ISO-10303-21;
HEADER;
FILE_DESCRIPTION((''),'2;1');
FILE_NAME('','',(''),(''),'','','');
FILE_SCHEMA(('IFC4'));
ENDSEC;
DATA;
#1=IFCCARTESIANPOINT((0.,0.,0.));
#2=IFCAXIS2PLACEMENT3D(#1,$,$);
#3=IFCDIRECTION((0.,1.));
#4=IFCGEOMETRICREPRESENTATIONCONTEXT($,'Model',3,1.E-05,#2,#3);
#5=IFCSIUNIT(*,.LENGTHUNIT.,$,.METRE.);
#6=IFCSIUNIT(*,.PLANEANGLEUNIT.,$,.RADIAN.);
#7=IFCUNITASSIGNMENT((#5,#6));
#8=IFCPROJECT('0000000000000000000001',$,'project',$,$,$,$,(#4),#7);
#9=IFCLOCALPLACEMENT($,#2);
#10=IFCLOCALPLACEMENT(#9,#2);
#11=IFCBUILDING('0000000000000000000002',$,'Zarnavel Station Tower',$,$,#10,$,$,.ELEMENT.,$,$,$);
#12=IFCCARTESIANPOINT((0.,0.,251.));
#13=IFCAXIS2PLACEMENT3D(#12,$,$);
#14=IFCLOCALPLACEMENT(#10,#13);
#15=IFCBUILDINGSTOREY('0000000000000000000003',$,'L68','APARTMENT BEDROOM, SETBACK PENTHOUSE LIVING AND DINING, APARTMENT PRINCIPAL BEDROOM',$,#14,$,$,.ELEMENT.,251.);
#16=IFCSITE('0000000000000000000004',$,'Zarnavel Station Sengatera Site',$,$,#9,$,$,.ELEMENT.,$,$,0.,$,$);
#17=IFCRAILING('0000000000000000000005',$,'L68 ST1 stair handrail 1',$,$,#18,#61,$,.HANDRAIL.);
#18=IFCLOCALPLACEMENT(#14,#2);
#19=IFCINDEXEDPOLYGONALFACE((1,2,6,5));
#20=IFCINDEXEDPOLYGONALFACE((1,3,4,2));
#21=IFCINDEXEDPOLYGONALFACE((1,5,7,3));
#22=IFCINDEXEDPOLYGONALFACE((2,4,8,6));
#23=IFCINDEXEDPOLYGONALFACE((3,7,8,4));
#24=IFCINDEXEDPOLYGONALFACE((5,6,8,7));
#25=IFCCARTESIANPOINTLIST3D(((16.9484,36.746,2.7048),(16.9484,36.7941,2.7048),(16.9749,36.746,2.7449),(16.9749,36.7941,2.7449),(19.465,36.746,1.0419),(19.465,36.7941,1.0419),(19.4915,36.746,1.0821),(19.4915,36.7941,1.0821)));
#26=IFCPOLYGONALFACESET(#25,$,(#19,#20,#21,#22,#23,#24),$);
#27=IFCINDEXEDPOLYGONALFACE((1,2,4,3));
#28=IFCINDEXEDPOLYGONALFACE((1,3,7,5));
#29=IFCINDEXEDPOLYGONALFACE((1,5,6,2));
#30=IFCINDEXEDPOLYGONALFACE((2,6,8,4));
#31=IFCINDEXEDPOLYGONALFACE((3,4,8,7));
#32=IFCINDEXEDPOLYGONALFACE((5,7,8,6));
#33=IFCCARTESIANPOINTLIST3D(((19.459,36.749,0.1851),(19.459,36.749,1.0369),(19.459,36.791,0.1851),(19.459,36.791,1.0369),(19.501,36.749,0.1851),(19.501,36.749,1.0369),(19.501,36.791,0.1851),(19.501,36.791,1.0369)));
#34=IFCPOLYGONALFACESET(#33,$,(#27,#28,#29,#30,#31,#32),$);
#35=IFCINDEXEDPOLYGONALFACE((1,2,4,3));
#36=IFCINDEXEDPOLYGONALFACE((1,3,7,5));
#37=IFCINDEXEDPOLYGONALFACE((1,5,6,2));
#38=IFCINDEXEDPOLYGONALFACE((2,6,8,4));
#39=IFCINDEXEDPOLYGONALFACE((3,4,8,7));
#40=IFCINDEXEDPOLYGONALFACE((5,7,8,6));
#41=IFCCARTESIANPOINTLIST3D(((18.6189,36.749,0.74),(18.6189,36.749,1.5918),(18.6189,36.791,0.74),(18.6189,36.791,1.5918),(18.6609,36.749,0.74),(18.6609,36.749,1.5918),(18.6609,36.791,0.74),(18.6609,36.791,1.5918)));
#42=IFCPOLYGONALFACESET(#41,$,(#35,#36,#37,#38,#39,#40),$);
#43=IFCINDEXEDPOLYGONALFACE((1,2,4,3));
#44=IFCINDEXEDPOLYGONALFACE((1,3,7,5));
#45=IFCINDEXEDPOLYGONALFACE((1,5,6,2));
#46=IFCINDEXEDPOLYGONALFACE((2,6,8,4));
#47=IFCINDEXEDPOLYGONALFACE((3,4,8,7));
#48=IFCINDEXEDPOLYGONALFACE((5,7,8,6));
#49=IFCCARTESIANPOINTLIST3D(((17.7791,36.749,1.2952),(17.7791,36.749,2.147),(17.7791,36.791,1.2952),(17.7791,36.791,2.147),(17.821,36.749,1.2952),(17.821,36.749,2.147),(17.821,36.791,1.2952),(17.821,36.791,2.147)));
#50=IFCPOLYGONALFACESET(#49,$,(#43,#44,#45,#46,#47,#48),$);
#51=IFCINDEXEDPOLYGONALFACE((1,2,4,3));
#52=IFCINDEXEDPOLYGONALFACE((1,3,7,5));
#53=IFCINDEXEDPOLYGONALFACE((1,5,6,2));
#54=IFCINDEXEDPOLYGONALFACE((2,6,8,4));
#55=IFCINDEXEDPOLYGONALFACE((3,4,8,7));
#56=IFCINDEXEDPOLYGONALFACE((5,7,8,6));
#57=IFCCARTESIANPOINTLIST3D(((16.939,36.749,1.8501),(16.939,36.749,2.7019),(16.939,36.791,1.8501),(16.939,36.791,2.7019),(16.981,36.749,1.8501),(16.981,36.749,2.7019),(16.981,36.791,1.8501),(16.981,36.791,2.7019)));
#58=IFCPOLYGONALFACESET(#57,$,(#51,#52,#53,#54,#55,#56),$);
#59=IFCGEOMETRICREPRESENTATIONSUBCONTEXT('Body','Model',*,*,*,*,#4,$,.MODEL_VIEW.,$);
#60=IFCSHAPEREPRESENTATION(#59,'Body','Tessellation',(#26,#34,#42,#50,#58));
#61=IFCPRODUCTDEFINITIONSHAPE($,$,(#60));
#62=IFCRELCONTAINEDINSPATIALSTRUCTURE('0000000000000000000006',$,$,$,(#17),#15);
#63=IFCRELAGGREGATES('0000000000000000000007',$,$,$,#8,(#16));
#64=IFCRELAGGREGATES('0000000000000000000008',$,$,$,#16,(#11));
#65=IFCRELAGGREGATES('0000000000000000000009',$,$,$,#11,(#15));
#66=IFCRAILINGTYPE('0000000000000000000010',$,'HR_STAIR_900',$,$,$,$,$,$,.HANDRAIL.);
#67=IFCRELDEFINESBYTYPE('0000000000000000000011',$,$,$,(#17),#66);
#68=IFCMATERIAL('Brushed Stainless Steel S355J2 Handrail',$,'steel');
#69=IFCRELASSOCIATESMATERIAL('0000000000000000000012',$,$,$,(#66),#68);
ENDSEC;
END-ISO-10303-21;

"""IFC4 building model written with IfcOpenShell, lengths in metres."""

from ifc_helpers import new_model, si_unit, direction, frame, origin, origin_2d, place, context, subcontext, project, spatial, rectangle, extrude, material, type_object, element, save


model = new_model("IFC4")

# Units and contexts
model_context = context("Model", 3, precision=1e-05, world=origin(), true_north=direction((0.0, 1.0)))
body_context = subcontext(model_context, "Body", "Model", "MODEL_VIEW")
ifc_project = project(units=[si_unit("LENGTHUNIT", "METRE"), si_unit("PLANEANGLEUNIT", "RADIAN")], contexts=[model_context])

# Site, building, storey
site_placement = place(None, origin())
site = spatial("IfcSite", under=ifc_project, at=site_placement, Name="Zarnavel Station Sengatera Site", CompositionType="ELEMENT", RefElevation=0.0)
building_placement = place(site_placement, origin())
building = spatial("IfcBuilding", under=site, at=building_placement, Name="Zarnavel Station Tower", CompositionType="ELEMENT")
storey_placement = place(building_placement, frame((0.0, 0.0, 251.0)))
storey = spatial("IfcBuildingStorey", under=building, at=storey_placement, Name="L68", Description="APARTMENT BEDROOM, SETBACK PENTHOUSE LIVING AND DINING, APARTMENT PRINCIPAL BEDROOM", CompositionType="ELEMENT", Elevation=251.0)

# Railing
ifc_material_1 = material(Name="Brushed Stainless Steel S355J2 Handrail", Category="steel")
railing_type_1 = type_object("IfcRailingType", Name="HR_STAIR_900", PredefinedType="HANDRAIL", material=ifc_material_1)
railing_1_placement = place(storey_placement, frame((19.48, 36.77, 0.1851)))
element("IfcRailing", 1, at=railing_1_placement, inside=storey, type_object=railing_type_1, Name="L68 ST1 stair handrail 1", PredefinedType="HANDRAIL", context=body_context, shape_type="SweptSolid", body=[
    extrude(rectangle(XDim=0.0481, YDim=0.0481, at=origin_2d()), frame((-0.0017, 0.0, 0.877), z_axis=(-0.834331, 0.0, 0.551263), x_axis=(0.0, -1.0, 0.0)), (0.0, 0.0, 1.0), 3.0164),
    extrude(rectangle(XDim=0.042, YDim=0.042, at=origin_2d()), origin(), (0.0, 0.0, 1.0), 0.8518),
    extrude(rectangle(XDim=0.042, YDim=0.042, at=origin_2d()), frame((-0.8401, 0.0, 0.5549)), (0.0, 0.0, 1.0), 0.8518),
    extrude(rectangle(XDim=0.042, YDim=0.042, at=origin_2d()), frame((-1.6799, 0.0, 1.1101)), (0.0, 0.0, 1.0), 0.8518),
    extrude(rectangle(XDim=0.042, YDim=0.042, at=origin_2d()), frame((-2.52, 0.0, 1.665)), (0.0, 0.0, 1.0), 0.8518),
])

save(model, "model.ifc")
